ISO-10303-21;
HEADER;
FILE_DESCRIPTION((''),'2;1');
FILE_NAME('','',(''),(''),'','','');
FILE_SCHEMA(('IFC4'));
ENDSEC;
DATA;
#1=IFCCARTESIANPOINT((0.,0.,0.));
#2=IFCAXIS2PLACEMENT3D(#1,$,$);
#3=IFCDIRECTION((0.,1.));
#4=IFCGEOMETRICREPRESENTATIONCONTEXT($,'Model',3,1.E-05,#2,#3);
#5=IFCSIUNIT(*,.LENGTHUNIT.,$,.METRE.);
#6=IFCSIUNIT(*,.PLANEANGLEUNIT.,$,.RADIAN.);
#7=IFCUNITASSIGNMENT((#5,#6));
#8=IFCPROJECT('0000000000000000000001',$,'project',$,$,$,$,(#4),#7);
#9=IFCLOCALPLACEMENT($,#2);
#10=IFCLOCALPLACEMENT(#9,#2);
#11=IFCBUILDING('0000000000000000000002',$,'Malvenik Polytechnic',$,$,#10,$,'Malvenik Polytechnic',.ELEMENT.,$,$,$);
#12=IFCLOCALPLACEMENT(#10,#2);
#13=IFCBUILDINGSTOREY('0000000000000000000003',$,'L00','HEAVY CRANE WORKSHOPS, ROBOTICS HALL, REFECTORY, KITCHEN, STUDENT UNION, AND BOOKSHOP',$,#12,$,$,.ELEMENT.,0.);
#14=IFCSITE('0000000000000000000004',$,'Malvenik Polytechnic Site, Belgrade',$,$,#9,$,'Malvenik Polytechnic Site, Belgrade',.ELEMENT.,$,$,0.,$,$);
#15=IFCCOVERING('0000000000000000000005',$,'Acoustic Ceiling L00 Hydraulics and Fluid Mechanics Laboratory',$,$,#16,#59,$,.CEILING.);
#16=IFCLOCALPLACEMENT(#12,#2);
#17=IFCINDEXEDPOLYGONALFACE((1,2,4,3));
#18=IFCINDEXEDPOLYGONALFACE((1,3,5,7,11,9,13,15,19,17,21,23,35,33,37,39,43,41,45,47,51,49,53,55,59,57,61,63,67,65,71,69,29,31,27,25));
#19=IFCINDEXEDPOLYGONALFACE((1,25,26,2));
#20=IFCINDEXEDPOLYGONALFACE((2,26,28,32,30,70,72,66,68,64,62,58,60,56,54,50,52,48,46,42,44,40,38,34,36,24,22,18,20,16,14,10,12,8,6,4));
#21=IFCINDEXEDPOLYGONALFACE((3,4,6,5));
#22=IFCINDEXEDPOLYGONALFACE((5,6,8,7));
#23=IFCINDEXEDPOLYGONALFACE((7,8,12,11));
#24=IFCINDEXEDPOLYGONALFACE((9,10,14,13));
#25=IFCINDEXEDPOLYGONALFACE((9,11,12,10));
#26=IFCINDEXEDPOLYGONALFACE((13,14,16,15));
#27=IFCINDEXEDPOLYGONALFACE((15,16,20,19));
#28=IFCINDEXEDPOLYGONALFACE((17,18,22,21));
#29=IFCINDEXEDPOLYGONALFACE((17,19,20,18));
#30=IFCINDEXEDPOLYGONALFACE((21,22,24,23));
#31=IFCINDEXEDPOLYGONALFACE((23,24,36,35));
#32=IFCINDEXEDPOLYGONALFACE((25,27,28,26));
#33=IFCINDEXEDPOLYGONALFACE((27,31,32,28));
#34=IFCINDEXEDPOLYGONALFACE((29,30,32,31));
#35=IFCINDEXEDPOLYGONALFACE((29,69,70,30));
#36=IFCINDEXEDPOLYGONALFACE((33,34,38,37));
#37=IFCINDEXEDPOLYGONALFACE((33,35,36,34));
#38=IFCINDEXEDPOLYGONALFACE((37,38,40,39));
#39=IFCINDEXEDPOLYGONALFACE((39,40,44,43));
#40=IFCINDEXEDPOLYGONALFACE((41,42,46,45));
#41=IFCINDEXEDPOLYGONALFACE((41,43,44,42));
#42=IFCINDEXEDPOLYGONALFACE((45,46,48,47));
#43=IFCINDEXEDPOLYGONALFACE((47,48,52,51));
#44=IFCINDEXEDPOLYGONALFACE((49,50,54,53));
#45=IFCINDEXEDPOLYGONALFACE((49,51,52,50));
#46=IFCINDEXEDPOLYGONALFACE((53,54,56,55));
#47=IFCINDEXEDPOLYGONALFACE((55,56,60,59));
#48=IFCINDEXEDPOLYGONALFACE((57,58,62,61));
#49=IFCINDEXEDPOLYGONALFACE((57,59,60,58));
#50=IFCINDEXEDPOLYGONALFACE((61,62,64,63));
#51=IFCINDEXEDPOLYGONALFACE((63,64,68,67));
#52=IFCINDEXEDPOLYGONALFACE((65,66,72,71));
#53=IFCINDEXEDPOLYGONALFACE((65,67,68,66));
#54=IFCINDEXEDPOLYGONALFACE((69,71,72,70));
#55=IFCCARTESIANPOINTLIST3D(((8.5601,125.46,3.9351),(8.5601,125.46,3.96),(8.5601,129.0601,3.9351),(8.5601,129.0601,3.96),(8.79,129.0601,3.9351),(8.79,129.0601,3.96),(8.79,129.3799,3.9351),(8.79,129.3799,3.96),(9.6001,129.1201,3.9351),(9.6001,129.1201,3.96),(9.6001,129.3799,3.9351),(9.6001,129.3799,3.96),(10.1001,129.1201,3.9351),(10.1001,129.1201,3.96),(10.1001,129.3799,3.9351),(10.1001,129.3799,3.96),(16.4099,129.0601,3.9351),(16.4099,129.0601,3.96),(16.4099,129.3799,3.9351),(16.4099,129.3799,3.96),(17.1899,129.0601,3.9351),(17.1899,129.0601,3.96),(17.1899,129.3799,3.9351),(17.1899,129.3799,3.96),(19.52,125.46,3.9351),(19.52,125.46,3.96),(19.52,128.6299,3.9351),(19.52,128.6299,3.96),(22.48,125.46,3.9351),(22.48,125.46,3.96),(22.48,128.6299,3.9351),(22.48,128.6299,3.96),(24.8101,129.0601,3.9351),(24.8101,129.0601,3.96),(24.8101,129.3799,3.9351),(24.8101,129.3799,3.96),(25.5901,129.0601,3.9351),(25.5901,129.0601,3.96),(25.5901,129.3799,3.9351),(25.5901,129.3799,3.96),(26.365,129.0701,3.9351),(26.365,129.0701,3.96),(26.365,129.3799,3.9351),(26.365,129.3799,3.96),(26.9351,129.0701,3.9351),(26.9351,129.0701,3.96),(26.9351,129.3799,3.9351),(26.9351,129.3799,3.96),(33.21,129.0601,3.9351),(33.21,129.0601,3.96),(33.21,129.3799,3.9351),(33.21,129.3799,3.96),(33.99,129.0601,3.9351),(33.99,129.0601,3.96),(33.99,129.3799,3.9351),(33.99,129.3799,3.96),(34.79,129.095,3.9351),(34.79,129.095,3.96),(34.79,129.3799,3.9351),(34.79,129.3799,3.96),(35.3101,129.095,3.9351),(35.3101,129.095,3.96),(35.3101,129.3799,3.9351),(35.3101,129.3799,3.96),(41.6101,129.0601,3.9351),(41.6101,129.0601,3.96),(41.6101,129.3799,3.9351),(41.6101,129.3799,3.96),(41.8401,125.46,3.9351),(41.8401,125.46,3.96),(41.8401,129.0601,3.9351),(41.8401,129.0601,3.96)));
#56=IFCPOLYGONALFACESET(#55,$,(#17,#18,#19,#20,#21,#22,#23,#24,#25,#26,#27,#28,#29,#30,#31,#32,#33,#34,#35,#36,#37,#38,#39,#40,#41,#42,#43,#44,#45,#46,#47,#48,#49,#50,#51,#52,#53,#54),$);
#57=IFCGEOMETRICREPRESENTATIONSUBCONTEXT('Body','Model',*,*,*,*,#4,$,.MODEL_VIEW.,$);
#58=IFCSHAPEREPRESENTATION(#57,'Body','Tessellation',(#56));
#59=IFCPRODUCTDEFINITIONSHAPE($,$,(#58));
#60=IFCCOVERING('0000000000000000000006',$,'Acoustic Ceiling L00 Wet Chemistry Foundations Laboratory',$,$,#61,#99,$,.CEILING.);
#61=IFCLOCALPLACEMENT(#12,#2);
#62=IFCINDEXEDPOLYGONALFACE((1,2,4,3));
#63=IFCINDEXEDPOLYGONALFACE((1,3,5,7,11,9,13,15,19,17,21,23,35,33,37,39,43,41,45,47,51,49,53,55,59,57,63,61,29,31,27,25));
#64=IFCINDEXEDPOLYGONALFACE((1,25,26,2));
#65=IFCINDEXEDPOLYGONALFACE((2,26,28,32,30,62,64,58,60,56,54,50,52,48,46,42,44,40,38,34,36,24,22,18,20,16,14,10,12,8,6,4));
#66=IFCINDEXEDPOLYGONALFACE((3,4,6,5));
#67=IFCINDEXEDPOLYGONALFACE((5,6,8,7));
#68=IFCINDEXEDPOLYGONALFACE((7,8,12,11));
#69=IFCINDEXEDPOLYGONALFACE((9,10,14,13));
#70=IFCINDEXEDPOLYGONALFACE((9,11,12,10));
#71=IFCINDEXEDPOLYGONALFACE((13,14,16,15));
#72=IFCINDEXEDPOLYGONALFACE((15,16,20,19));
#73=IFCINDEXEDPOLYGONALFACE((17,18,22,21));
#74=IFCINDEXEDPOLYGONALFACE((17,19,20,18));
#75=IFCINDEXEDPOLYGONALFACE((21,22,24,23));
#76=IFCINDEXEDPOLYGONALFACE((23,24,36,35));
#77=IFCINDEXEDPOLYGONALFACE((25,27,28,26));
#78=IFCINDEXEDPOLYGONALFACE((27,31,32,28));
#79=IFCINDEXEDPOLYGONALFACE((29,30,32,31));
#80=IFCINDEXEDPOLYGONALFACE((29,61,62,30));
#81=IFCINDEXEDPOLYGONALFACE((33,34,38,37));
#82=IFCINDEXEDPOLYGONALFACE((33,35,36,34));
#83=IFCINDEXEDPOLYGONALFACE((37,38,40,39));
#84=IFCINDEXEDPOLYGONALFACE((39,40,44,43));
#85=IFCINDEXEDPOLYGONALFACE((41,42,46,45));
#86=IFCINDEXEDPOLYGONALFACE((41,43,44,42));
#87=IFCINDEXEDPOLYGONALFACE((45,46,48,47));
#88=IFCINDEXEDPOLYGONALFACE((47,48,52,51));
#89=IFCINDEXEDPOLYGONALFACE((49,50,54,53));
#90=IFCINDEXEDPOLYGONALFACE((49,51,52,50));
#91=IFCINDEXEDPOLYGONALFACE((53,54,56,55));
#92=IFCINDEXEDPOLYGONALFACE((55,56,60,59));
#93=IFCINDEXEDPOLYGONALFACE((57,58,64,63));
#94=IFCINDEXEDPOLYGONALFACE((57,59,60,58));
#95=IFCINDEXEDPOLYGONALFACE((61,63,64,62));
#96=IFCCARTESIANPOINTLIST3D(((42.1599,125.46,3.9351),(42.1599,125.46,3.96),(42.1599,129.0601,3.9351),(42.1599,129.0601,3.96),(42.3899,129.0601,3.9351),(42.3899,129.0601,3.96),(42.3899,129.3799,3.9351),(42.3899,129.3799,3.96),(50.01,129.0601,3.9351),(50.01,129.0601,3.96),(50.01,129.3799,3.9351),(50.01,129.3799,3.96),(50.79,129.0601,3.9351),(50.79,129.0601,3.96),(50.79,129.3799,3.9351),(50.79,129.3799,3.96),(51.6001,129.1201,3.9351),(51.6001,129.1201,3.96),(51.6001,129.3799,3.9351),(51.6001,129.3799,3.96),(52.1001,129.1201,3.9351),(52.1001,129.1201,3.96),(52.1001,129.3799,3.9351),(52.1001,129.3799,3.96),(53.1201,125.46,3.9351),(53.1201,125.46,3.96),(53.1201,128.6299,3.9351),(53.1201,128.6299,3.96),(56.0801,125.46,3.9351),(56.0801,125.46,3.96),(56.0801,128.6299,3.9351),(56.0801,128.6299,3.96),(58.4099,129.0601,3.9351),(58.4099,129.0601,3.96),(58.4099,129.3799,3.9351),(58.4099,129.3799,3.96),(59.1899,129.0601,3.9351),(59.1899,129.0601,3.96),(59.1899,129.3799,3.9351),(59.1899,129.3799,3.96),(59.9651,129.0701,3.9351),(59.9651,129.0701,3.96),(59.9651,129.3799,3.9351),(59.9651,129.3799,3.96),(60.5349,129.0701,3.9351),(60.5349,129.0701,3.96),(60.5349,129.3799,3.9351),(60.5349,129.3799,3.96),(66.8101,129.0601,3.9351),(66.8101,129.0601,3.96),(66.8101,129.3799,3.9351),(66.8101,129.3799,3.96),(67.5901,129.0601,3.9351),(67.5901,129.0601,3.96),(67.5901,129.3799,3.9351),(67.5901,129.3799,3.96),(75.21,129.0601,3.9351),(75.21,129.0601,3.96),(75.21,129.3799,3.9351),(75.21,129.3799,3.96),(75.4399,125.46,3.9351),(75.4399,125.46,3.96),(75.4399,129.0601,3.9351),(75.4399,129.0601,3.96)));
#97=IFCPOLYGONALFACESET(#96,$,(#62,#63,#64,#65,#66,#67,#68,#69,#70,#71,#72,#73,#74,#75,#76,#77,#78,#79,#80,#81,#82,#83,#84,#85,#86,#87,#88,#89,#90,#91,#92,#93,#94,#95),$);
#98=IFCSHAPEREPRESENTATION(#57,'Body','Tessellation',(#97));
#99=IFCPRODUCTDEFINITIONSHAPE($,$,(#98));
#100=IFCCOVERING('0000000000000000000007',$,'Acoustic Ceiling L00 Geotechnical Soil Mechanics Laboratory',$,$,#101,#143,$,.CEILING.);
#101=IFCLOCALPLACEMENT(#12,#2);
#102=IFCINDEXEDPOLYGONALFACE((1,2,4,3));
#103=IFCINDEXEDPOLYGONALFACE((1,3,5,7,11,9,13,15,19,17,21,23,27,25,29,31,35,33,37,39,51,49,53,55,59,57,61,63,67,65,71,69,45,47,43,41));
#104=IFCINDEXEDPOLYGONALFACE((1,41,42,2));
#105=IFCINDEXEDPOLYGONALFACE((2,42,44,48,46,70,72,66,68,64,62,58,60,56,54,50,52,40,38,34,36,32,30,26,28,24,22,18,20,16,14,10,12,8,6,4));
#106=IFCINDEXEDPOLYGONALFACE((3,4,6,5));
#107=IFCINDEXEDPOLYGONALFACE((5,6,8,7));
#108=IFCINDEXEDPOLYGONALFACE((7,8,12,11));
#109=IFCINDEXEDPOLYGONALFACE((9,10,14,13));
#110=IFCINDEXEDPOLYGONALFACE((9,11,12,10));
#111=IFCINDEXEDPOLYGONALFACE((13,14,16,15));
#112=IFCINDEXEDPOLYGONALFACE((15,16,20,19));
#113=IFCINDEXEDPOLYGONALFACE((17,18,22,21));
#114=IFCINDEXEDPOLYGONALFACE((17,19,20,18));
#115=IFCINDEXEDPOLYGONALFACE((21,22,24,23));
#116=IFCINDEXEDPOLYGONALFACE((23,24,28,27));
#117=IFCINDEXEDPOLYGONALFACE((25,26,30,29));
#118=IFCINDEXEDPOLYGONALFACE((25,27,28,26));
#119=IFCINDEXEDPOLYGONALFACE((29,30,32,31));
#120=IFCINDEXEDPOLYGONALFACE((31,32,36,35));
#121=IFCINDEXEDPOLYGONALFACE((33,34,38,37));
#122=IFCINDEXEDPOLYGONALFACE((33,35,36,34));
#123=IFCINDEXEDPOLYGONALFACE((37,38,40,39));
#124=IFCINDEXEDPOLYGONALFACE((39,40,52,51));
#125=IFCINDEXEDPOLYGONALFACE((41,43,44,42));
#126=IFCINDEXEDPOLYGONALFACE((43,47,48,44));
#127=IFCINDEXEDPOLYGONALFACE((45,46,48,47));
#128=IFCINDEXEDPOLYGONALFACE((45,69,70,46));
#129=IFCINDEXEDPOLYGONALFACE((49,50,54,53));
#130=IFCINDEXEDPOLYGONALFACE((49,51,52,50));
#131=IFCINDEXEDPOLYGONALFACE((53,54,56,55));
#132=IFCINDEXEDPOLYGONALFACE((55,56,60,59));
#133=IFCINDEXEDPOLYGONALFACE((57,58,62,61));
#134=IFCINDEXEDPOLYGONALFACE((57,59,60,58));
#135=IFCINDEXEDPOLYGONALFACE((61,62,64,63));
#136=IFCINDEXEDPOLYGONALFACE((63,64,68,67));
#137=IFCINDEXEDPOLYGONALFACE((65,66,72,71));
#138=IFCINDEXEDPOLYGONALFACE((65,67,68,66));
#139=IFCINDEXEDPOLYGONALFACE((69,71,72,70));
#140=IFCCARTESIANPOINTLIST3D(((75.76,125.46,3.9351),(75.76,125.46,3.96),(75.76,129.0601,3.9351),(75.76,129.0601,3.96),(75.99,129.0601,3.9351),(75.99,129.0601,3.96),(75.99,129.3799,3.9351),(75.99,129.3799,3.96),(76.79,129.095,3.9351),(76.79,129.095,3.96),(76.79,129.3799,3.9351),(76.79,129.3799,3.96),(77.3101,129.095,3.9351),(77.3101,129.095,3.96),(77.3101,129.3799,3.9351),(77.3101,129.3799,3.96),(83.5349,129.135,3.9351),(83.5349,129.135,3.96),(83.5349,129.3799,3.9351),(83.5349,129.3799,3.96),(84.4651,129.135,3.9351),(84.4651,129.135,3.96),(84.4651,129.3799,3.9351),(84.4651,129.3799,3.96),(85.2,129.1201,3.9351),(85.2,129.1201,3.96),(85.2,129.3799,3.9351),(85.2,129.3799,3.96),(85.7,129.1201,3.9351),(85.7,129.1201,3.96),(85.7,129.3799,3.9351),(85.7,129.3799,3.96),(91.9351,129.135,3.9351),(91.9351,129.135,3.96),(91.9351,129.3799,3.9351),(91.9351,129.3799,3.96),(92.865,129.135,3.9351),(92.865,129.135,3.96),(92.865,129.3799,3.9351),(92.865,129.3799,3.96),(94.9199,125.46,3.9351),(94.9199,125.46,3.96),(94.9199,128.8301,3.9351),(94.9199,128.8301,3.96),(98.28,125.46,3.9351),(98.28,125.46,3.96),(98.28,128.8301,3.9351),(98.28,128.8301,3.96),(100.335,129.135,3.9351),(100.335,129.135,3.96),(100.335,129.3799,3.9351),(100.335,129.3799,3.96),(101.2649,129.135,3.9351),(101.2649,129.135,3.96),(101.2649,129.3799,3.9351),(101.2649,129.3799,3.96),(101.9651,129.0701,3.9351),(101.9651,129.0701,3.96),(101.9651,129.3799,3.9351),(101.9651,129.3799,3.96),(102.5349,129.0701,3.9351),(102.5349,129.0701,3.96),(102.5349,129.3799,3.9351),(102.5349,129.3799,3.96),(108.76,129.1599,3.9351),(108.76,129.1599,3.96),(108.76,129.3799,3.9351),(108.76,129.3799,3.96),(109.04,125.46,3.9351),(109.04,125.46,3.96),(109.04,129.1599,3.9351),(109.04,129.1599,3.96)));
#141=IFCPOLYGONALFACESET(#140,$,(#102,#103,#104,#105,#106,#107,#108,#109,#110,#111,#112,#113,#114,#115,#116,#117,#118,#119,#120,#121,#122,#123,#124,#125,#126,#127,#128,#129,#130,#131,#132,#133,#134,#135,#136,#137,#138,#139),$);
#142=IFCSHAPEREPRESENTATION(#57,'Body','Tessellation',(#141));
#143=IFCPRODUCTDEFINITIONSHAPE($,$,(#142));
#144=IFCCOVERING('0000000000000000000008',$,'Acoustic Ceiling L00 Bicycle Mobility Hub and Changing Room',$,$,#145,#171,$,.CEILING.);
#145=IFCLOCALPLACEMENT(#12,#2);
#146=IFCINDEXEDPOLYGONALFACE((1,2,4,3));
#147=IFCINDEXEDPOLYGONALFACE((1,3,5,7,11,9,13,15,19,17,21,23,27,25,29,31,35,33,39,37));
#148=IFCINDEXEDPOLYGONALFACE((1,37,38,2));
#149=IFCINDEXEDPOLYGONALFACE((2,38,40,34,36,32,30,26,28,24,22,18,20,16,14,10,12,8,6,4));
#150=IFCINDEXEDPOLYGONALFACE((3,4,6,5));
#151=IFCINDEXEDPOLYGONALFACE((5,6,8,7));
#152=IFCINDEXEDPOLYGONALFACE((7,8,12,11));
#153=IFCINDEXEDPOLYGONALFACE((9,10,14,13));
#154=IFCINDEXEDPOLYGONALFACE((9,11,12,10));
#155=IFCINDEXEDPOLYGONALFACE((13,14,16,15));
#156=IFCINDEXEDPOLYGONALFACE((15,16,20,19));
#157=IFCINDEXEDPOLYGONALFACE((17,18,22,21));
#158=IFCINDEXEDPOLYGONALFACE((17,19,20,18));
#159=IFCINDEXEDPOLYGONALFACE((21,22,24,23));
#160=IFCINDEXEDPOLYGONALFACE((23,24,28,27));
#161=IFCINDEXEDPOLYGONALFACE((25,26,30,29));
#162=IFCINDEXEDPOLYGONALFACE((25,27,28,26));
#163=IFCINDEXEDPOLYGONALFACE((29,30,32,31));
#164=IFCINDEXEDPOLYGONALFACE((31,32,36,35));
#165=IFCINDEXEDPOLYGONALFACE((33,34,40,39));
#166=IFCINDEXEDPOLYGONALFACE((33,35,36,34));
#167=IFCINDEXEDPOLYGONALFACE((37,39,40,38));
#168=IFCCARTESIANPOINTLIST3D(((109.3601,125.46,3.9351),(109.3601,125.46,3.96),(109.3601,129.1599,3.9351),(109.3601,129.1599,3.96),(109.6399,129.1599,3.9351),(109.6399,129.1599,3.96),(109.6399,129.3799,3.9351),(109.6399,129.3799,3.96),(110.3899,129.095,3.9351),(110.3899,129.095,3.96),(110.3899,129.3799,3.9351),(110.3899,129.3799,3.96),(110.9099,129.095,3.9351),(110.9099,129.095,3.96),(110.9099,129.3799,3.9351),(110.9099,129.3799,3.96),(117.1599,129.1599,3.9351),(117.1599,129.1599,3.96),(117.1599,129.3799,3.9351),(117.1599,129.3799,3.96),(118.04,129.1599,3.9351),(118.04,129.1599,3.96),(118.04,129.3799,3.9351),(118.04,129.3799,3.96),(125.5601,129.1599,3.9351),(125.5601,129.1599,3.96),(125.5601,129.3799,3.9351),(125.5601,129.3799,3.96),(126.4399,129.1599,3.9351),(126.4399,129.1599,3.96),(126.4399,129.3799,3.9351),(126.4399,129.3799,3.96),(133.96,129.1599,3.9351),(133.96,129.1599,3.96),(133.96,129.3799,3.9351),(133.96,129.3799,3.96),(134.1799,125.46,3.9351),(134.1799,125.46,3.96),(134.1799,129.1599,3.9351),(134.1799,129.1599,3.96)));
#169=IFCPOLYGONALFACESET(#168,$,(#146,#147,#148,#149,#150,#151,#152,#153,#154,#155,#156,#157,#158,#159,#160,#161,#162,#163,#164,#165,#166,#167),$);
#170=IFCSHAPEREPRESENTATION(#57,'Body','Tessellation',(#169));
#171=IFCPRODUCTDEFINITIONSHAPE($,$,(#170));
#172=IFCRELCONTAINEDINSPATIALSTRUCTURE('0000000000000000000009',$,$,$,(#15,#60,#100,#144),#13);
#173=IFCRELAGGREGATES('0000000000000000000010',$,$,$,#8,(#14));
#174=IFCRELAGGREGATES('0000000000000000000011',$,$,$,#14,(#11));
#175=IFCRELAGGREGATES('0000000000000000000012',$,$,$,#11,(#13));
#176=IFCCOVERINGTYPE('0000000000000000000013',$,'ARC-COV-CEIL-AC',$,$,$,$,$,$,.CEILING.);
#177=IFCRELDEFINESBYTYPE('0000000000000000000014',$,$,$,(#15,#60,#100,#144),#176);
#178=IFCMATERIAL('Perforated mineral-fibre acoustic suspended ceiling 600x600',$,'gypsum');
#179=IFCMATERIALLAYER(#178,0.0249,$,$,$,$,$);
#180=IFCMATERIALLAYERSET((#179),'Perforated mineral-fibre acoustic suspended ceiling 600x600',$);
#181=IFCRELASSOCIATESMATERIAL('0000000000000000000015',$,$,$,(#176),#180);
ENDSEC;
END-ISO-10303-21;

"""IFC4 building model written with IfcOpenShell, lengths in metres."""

from ifc_helpers import new_model, si_unit, direction, frame, origin, place, context, subcontext, project, spatial, polyline, outline, extrude, material, layer, layer_set, type_object, element, save


model = new_model("IFC4")

# Units and contexts
model_context = context("Model", 3, precision=1e-05, world=origin(), true_north=direction((0.0, 1.0)))
body_context = subcontext(model_context, "Body", "Model", "MODEL_VIEW")
ifc_project = project(units=[si_unit("LENGTHUNIT", "METRE"), si_unit("PLANEANGLEUNIT", "RADIAN")], contexts=[model_context])

# Site, building, storey
site_placement = place(None, origin())
site = spatial("IfcSite", under=ifc_project, at=site_placement, Name="Malvenik Polytechnic Site, Belgrade", LongName="Malvenik Polytechnic Site, Belgrade", CompositionType="ELEMENT", RefElevation=0.0)
building_placement = place(site_placement, origin())
building = spatial("IfcBuilding", under=site, at=building_placement, Name="Malvenik Polytechnic", LongName="Malvenik Polytechnic", CompositionType="ELEMENT")
storey_placement = place(building_placement, origin())
storey = spatial("IfcBuildingStorey", under=building, at=storey_placement, Name="L00", Description="HEAVY CRANE WORKSHOPS, ROBOTICS HALL, REFECTORY, KITCHEN, STUDENT UNION, AND BOOKSHOP", CompositionType="ELEMENT", Elevation=0.0)

# Coverings
ifc_material_1 = material(Name="Perforated mineral-fibre acoustic suspended ceiling 600x600", Category="gypsum")
ifc_layer_1 = layer(ifc_material_1, 0.0249)
ifc_layer_set_1 = layer_set([ifc_layer_1], Name="Perforated mineral-fibre acoustic suspended ceiling 600x600")
covering_type_1 = type_object("IfcCoveringType", Name="ARC-COV-CEIL-AC", PredefinedType="CEILING", material=ifc_layer_set_1)
covering_1_placement = place(storey_placement, frame((0.0, 0.0, 3.9351)))
element("IfcCovering", 1, at=covering_1_placement, inside=storey, type_object=covering_type_1, Name="Acoustic Ceiling L00 Hydraulics and Fluid Mechanics Laboratory", PredefinedType="CEILING", context=body_context, shape_type="SweptSolid", body=[
    extrude(outline(polyline([(9.6001, 129.1201), (10.1001, 129.1201), (10.1001, 129.3799), (16.4099, 129.3799), (16.4099, 129.0601), (17.1899, 129.0601), (17.1899, 129.3799), (24.8101, 129.3799), (24.8101, 129.0601), (25.5901, 129.0601), (25.5901, 129.3799), (26.365, 129.3799), (26.365, 129.0701), (26.9351, 129.0701), (26.9351, 129.3799), (33.21, 129.3799), (33.21, 129.0601), (33.99, 129.0601), (33.99, 129.3799), (34.79, 129.3799), (34.79, 129.095), (35.3101, 129.095), (35.3101, 129.3799), (41.6101, 129.3799), (41.6101, 129.0601), (41.8401, 129.0601), (41.8401, 125.46), (22.48, 125.46), (22.48, 128.6299), (19.52, 128.6299), (19.52, 125.46), (8.5601, 125.46), (8.5601, 129.0601), (8.79, 129.0601), (8.79, 129.3799), (9.6001, 129.3799), (9.6001, 129.1201)])), origin(), (0.0, 0.0, 1.0), 0.0249),
])
covering_2_placement = place(storey_placement, frame((0.0, 0.0, 3.9351)))
element("IfcCovering", 2, at=covering_2_placement, inside=storey, type_object=covering_type_1, Name="Acoustic Ceiling L00 Wet Chemistry Foundations Laboratory", PredefinedType="CEILING", context=body_context, shape_type="SweptSolid", body=[
    extrude(outline(polyline([(50.01, 129.0601), (50.79, 129.0601), (50.79, 129.3799), (51.6001, 129.3799), (51.6001, 129.1201), (52.1001, 129.1201), (52.1001, 129.3799), (58.4099, 129.3799), (58.4099, 129.0601), (59.1899, 129.0601), (59.1899, 129.3799), (59.9651, 129.3799), (59.9651, 129.0701), (60.5349, 129.0701), (60.5349, 129.3799), (66.8101, 129.3799), (66.8101, 129.0601), (67.5901, 129.0601), (67.5901, 129.3799), (75.21, 129.3799), (75.21, 129.0601), (75.4399, 129.0601), (75.4399, 125.46), (56.0801, 125.46), (56.0801, 128.6299), (53.1201, 128.6299), (53.1201, 125.46), (42.1599, 125.46), (42.1599, 129.0601), (42.3899, 129.0601), (42.3899, 129.3799), (50.01, 129.3799), (50.01, 129.0601)])), origin(), (0.0, 0.0, 1.0), 0.0249),
])
covering_3_placement = place(storey_placement, frame((0.0, 0.0, 3.9351)))
element("IfcCovering", 3, at=covering_3_placement, inside=storey, type_object=covering_type_1, Name="Acoustic Ceiling L00 Geotechnical Soil Mechanics Laboratory", PredefinedType="CEILING", context=body_context, shape_type="SweptSolid", body=[
    extrude(outline(polyline([(76.79, 129.095), (77.3101, 129.095), (77.3101, 129.3799), (83.5349, 129.3799), (83.5349, 129.135), (84.4651, 129.135), (84.4651, 129.3799), (85.2, 129.3799), (85.2, 129.1201), (85.7, 129.1201), (85.7, 129.3799), (91.9351, 129.3799), (91.9351, 129.135), (92.865, 129.135), (92.865, 129.3799), (100.335, 129.3799), (100.335, 129.135), (101.2649, 129.135), (101.2649, 129.3799), (101.9651, 129.3799), (101.9651, 129.0701), (102.5349, 129.0701), (102.5349, 129.3799), (108.76, 129.3799), (108.76, 129.1599), (109.04, 129.1599), (109.04, 125.46), (98.28, 125.46), (98.28, 128.8301), (94.9199, 128.8301), (94.9199, 125.46), (75.76, 125.46), (75.76, 129.0601), (75.99, 129.0601), (75.99, 129.3799), (76.79, 129.3799), (76.79, 129.095)])), origin(), (0.0, 0.0, 1.0), 0.0249),
])
covering_4_placement = place(storey_placement, frame((0.0, 0.0, 3.9351)))
element("IfcCovering", 4, at=covering_4_placement, inside=storey, type_object=covering_type_1, Name="Acoustic Ceiling L00 Bicycle Mobility Hub and Changing Room", PredefinedType="CEILING", context=body_context, shape_type="SweptSolid", body=[
    extrude(outline(polyline([(110.3899, 129.095), (110.9099, 129.095), (110.9099, 129.3799), (117.1599, 129.3799), (117.1599, 129.1599), (118.04, 129.1599), (118.04, 129.3799), (125.5601, 129.3799), (125.5601, 129.1599), (126.4399, 129.1599), (126.4399, 129.3799), (133.96, 129.3799), (133.96, 129.1599), (134.1799, 129.1599), (134.1799, 125.46), (109.3601, 125.46), (109.3601, 129.1599), (109.6399, 129.1599), (109.6399, 129.3799), (110.3899, 129.3799), (110.3899, 129.095)])), origin(), (0.0, 0.0, 1.0), 0.0249),
])

save(model, "model.ifc")
